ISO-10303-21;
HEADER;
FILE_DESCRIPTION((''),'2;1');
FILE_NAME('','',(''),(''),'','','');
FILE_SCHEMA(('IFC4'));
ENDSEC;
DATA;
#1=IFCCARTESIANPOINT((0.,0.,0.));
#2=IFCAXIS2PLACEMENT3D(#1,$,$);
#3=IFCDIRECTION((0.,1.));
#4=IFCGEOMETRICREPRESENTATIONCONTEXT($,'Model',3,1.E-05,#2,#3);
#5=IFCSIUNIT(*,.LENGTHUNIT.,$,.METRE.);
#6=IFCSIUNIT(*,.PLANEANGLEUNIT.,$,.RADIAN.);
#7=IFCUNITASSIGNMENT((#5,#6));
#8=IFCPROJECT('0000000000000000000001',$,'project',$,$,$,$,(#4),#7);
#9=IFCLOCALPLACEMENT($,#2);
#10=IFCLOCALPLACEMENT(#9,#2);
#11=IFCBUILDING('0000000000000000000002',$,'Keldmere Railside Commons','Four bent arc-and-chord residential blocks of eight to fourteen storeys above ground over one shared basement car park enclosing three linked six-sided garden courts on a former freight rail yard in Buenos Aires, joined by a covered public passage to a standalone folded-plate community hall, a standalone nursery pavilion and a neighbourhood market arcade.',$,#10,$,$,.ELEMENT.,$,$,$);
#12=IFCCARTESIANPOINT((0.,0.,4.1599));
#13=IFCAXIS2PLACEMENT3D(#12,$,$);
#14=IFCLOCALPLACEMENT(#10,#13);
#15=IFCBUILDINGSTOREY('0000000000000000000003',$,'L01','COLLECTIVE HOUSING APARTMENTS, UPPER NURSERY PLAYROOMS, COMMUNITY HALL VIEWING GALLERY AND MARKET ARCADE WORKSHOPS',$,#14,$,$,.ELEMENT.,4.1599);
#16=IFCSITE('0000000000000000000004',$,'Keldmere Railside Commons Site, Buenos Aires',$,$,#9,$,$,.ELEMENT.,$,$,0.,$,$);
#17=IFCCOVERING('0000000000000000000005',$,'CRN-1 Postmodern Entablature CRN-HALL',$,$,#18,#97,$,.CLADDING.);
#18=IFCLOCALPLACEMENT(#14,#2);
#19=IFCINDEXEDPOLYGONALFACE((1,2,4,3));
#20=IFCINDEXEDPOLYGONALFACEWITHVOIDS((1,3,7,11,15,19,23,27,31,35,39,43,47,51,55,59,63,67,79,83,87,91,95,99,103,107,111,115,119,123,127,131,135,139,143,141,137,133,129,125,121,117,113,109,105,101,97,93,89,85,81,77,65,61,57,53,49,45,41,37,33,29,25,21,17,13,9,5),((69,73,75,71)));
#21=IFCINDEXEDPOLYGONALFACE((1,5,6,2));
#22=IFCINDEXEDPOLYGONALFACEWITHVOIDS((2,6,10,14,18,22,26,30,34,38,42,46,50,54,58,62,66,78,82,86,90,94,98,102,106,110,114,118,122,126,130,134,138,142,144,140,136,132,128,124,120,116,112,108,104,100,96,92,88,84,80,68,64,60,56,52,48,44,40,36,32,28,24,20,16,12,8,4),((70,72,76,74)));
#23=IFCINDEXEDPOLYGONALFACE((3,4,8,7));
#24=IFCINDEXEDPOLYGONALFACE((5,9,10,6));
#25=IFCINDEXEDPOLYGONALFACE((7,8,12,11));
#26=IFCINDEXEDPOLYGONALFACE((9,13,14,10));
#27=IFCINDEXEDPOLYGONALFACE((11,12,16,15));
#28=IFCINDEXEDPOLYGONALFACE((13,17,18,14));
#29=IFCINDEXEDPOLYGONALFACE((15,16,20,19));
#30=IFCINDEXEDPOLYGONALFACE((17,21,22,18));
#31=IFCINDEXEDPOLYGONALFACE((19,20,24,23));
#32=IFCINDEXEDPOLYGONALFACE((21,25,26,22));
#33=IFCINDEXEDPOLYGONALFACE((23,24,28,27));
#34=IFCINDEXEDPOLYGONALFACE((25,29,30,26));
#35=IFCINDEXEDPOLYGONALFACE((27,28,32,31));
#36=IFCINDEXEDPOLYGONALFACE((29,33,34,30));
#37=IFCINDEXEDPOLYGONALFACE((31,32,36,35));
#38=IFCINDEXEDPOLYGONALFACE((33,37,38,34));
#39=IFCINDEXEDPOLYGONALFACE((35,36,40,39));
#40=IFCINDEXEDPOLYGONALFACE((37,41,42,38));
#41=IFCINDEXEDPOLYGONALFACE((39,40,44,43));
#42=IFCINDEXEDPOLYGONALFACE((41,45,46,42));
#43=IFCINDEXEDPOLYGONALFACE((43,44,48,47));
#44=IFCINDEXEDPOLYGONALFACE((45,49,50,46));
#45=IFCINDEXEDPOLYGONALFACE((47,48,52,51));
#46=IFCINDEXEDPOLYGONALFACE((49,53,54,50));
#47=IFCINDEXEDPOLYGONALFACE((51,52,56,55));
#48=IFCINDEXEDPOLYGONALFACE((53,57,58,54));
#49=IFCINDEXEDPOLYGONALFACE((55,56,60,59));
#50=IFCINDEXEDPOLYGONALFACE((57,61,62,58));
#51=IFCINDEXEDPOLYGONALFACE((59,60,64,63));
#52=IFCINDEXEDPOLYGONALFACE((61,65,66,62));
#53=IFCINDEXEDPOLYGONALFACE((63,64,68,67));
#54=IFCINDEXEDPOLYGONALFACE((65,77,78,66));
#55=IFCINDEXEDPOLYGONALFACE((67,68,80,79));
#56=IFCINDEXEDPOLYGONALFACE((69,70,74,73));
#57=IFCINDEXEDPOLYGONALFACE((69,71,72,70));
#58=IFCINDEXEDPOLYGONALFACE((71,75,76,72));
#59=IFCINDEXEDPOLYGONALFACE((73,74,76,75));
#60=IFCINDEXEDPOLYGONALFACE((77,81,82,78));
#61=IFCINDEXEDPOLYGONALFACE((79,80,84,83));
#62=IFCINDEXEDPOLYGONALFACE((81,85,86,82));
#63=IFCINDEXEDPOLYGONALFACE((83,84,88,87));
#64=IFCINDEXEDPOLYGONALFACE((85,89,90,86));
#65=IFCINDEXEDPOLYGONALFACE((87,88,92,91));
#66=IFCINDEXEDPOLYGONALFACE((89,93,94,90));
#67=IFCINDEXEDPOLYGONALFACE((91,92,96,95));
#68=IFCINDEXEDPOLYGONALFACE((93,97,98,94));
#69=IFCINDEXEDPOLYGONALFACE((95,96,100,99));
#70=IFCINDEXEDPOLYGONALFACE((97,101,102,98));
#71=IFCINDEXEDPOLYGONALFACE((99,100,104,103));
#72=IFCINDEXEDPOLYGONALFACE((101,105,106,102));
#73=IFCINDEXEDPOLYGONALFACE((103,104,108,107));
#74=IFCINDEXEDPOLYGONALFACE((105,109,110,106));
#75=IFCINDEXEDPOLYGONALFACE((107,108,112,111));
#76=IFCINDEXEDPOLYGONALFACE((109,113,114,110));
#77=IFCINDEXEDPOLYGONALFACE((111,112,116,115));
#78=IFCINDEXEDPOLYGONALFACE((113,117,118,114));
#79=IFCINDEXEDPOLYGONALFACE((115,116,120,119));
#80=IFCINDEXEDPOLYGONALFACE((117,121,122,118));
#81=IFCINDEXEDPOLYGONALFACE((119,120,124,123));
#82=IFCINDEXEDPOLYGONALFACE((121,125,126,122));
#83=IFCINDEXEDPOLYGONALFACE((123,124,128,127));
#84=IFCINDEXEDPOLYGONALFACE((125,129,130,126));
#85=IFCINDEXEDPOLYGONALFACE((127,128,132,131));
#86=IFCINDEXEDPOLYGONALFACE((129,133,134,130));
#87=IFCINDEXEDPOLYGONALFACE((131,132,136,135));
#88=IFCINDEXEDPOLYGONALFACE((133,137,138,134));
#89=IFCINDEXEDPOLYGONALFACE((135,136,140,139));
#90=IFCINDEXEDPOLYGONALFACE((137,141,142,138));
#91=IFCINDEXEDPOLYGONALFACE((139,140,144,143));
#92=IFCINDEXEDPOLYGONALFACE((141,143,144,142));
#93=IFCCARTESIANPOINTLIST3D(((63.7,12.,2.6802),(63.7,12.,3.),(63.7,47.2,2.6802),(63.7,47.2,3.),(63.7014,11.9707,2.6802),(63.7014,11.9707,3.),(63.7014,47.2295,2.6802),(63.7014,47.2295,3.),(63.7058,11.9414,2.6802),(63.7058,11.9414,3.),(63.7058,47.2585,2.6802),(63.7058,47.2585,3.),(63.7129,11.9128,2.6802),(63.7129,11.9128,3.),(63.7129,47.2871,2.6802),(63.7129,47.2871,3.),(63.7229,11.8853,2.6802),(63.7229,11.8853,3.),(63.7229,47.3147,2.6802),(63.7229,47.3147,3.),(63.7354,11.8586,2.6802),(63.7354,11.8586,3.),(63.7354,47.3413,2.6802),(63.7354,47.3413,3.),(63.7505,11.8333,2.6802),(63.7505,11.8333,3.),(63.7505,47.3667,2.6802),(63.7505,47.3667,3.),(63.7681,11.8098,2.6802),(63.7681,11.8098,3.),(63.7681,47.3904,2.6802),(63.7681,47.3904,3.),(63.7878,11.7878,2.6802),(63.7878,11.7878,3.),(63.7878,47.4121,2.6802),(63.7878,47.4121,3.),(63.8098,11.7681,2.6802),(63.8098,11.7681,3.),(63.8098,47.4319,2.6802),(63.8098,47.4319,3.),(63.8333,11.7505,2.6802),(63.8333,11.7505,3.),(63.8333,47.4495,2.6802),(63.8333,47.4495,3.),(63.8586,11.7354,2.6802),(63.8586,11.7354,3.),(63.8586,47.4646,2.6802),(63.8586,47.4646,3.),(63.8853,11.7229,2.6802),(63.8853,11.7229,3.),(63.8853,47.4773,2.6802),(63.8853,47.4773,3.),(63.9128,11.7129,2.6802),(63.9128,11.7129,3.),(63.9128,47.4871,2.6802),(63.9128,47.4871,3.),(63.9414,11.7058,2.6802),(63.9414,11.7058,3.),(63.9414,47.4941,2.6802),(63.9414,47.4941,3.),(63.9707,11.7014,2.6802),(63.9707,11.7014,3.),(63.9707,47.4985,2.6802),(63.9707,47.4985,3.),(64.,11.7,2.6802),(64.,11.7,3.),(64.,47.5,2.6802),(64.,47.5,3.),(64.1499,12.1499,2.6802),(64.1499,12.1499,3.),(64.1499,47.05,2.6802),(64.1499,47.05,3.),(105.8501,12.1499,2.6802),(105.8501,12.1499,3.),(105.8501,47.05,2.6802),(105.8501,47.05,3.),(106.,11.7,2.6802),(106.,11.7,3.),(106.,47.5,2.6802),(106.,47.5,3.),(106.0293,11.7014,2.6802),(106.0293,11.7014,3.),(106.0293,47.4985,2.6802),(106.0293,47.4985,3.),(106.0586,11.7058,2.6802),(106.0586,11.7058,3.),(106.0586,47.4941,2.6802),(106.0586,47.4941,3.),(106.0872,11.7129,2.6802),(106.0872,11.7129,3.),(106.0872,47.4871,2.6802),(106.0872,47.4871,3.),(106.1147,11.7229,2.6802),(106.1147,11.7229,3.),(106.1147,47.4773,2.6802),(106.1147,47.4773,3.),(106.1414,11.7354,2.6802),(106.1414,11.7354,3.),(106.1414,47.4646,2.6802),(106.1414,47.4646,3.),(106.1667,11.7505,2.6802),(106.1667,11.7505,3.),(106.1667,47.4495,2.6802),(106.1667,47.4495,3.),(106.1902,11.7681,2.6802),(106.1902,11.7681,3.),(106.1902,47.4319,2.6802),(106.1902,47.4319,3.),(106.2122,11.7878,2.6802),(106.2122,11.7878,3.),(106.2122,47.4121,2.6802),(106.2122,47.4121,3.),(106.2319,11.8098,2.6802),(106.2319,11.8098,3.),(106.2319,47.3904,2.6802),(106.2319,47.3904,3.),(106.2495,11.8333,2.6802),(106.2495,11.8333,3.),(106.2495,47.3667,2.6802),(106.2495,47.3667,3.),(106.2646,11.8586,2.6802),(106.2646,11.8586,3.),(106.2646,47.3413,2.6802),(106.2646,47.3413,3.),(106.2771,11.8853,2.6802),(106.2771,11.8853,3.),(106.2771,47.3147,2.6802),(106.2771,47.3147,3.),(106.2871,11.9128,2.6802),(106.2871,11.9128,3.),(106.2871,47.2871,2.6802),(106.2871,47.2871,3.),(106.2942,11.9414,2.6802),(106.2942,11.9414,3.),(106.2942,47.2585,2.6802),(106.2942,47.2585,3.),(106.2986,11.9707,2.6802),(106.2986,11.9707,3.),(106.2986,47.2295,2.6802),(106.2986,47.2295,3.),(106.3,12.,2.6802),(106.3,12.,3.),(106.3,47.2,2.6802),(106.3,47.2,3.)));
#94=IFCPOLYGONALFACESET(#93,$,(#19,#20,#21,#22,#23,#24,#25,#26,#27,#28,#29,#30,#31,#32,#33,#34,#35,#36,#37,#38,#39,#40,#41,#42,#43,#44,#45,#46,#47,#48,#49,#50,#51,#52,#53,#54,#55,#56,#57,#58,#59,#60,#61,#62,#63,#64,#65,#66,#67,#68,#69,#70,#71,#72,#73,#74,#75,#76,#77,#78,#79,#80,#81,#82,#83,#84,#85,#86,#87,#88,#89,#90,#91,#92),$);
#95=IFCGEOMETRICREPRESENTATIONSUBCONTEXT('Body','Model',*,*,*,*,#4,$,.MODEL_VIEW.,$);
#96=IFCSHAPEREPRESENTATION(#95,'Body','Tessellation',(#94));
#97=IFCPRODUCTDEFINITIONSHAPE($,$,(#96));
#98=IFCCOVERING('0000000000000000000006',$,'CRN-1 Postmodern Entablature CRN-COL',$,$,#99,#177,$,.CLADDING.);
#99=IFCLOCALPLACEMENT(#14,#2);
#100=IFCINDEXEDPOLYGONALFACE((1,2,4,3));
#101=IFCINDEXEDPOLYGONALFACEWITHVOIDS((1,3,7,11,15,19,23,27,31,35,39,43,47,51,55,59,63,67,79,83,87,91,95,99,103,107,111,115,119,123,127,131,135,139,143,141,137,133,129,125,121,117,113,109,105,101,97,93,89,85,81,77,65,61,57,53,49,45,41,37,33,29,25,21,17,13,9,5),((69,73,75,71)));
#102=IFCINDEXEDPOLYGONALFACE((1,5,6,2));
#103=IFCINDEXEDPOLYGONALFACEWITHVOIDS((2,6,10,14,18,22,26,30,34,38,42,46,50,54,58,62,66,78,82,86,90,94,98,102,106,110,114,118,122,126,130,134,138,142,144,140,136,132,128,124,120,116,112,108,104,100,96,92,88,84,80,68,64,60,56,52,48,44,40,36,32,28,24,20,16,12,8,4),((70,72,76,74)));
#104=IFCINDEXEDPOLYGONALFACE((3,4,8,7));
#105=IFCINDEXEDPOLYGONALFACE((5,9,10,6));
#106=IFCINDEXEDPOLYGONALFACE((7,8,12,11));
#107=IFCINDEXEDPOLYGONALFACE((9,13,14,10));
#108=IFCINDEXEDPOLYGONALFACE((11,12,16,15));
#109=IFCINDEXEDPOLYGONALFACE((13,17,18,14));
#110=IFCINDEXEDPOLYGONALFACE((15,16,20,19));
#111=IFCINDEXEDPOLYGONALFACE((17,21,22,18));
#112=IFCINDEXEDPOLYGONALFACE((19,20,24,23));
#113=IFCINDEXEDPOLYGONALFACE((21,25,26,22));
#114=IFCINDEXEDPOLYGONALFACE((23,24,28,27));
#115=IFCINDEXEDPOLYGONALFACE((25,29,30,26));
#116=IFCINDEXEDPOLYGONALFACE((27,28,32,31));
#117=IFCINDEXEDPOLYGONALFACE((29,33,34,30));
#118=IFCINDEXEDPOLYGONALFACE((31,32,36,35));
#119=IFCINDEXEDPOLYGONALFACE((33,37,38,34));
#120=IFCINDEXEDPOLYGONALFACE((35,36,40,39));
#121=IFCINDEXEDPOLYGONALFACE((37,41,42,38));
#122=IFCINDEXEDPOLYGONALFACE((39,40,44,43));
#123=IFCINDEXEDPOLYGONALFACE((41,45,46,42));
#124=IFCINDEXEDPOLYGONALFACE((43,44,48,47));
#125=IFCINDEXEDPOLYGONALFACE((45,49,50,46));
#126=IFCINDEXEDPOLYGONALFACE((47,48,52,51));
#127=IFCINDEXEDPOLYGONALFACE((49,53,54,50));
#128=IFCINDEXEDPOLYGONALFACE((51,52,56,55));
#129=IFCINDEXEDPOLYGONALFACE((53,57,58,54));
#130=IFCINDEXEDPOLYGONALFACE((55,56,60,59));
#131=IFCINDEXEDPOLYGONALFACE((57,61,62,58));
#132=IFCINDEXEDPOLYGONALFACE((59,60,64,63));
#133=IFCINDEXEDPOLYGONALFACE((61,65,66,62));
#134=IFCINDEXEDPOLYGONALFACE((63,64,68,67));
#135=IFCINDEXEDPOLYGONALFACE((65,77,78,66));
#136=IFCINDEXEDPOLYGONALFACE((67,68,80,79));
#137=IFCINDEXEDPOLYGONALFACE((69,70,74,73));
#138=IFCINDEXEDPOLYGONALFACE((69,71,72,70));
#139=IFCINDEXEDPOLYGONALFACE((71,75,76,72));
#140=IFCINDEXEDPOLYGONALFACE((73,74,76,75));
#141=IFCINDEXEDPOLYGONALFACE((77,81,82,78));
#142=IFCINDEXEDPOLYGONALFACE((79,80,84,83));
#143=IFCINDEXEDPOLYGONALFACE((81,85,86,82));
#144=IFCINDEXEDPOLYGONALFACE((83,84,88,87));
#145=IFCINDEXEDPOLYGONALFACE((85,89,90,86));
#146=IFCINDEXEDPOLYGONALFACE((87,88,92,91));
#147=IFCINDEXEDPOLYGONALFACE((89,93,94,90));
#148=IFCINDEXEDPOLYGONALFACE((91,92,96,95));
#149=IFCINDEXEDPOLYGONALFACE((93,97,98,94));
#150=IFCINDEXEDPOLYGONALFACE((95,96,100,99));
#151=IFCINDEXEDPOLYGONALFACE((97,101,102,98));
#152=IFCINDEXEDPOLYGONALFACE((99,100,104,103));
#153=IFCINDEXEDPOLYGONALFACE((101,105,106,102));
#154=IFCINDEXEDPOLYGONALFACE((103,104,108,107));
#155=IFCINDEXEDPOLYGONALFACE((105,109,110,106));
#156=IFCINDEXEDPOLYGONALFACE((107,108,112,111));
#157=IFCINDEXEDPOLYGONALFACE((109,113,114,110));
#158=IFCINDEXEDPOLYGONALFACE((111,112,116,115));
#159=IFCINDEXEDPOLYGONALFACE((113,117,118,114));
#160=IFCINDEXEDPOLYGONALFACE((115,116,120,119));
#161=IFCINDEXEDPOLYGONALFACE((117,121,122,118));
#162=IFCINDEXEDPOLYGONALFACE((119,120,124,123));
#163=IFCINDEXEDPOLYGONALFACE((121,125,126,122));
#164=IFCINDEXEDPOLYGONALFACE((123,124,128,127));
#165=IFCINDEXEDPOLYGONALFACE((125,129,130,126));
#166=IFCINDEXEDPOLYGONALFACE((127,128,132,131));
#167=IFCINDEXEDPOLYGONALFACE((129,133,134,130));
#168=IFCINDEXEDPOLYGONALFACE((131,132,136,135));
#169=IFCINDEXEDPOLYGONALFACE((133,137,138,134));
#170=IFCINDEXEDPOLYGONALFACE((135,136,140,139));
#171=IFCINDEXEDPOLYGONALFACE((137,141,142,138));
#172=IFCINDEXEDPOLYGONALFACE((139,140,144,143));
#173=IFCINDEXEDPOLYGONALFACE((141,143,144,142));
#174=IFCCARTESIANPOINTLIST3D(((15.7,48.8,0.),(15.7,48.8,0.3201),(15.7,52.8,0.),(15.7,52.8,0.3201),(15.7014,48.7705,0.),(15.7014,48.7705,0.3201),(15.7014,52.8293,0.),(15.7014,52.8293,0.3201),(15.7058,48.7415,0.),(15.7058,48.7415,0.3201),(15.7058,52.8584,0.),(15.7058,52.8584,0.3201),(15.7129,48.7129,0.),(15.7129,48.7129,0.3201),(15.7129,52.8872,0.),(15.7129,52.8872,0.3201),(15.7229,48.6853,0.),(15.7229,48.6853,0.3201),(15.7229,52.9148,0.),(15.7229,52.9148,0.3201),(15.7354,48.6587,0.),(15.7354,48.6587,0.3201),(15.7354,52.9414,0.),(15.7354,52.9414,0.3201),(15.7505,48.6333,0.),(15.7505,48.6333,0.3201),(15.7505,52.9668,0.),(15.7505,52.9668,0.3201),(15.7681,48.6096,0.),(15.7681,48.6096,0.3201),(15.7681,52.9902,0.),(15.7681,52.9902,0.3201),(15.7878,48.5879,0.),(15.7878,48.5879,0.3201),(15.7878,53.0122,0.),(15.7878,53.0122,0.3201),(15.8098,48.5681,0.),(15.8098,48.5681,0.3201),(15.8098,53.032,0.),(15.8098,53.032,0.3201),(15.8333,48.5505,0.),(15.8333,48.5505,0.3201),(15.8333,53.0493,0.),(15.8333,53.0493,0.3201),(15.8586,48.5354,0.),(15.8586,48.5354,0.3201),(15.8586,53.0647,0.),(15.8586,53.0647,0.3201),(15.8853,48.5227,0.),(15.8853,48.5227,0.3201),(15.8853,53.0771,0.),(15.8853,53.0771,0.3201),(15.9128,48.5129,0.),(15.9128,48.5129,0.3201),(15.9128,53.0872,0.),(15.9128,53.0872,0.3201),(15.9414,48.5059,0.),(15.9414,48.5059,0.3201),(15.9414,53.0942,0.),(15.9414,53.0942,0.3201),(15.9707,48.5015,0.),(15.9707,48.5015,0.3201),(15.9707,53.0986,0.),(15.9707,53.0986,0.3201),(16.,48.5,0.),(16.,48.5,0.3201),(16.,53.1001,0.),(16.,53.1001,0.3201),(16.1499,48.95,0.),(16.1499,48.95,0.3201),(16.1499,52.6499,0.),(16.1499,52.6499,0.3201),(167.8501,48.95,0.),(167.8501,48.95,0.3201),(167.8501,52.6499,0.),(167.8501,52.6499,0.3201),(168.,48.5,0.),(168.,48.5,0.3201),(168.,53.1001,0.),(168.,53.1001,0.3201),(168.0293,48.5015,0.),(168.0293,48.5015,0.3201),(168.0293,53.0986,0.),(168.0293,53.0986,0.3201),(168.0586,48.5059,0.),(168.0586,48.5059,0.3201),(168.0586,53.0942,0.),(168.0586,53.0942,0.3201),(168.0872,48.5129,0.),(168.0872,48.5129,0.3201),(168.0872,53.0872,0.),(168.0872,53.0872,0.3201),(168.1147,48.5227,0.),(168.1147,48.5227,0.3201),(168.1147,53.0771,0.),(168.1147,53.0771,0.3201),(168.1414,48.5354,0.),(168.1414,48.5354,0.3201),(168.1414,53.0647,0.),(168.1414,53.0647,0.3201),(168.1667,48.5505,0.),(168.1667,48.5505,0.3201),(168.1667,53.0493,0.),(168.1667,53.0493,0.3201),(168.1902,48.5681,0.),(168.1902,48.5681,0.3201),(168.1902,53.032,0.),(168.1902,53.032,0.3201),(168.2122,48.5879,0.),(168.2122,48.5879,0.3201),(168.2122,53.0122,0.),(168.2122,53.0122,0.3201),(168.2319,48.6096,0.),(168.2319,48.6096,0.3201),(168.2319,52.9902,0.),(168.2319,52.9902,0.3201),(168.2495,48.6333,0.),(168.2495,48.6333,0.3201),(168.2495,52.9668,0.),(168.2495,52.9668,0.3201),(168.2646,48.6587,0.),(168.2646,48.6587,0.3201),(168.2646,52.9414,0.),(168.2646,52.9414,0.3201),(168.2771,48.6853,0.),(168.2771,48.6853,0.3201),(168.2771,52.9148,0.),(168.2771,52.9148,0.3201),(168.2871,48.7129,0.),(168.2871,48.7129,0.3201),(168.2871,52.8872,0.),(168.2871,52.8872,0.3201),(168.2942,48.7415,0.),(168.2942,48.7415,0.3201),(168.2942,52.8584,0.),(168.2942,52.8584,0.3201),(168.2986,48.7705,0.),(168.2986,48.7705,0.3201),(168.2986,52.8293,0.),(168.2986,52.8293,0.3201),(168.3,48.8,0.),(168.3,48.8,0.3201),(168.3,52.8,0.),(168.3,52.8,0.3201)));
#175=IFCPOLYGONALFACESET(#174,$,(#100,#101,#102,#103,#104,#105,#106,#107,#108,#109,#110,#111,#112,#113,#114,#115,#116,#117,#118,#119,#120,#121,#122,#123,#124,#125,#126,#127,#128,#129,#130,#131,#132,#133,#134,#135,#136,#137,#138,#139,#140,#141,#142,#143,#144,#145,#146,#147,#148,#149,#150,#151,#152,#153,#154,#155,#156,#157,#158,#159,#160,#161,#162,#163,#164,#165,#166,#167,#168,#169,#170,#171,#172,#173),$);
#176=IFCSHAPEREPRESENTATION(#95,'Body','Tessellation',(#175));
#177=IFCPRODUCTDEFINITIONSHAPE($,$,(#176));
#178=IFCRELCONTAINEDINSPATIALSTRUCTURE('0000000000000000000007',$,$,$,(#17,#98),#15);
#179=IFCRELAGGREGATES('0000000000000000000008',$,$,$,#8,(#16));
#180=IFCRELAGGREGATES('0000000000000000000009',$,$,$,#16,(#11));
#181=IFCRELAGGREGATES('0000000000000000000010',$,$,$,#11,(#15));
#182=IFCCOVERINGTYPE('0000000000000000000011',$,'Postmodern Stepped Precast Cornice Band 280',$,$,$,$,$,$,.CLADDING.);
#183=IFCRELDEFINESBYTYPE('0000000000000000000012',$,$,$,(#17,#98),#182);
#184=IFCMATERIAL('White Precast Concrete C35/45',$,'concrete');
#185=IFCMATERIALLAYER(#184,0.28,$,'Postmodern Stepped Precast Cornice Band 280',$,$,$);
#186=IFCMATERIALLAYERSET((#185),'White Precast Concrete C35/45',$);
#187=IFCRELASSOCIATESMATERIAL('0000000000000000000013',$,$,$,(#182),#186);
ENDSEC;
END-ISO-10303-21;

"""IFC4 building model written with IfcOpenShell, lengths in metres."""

from ifc_helpers import new_model, si_unit, direction, frame, origin, place, context, subcontext, project, spatial, polyline, outline, extrude, material, layer, layer_set, type_object, element, save


model = new_model("IFC4")

# Units and contexts
model_context = context("Model", 3, precision=1e-05, world=origin(), true_north=direction((0.0, 1.0)))
body_context = subcontext(model_context, "Body", "Model", "MODEL_VIEW")
ifc_project = project(units=[si_unit("LENGTHUNIT", "METRE"), si_unit("PLANEANGLEUNIT", "RADIAN")], contexts=[model_context])

# Site, building, storey
site_placement = place(None, origin())
site = spatial("IfcSite", under=ifc_project, at=site_placement, Name="Keldmere Railside Commons Site, Buenos Aires", CompositionType="ELEMENT", RefElevation=0.0)
building_placement = place(site_placement, origin())
building = spatial("IfcBuilding", under=site, at=building_placement, Name="Keldmere Railside Commons", Description="Four bent arc-and-chord residential blocks of eight to fourteen storeys above ground over one shared basement car park enclosing three linked six-sided garden courts on a former freight rail yard in Buenos Aires, joined by a covered public passage to a standalone folded-plate community hall, a standalone nursery pavilion and a neighbourhood market arcade.", CompositionType="ELEMENT")
storey_placement = place(building_placement, frame((0.0, 0.0, 4.1599)))
storey = spatial("IfcBuildingStorey", under=building, at=storey_placement, Name="L01", Description="COLLECTIVE HOUSING APARTMENTS, UPPER NURSERY PLAYROOMS, COMMUNITY HALL VIEWING GALLERY AND MARKET ARCADE WORKSHOPS", CompositionType="ELEMENT", Elevation=4.1599)

# Coverings
ifc_material_1 = material(Name="White Precast Concrete C35/45", Category="concrete")
ifc_layer_1 = layer(ifc_material_1, 0.28, Name="Postmodern Stepped Precast Cornice Band 280")
ifc_layer_set_1 = layer_set([ifc_layer_1], Name="White Precast Concrete C35/45")
covering_type_1 = type_object("IfcCoveringType", Name="Postmodern Stepped Precast Cornice Band 280", PredefinedType="CLADDING", material=ifc_layer_set_1)
covering_1_placement = place(storey_placement, frame((0.0, 0.0, 2.6802)))
element("IfcCovering", 1, at=covering_1_placement, inside=storey, type_object=covering_type_1, Name="CRN-1 Postmodern Entablature CRN-HALL", PredefinedType="CLADDING", context=body_context, shape_type="SweptSolid", body=[
    extrude(outline(polyline([(64.0, 11.7), (63.9707, 11.7014), (63.9414, 11.7058), (63.9128, 11.7129), (63.8853, 11.7229), (63.8586, 11.7354), (63.8333, 11.7505), (63.8098, 11.7681), (63.7878, 11.7878), (63.7681, 11.8098), (63.7505, 11.8333), (63.7354, 11.8586), (63.7229, 11.8853), (63.7129, 11.9128), (63.7058, 11.9414), (63.7014, 11.9707), (63.7, 12.0), (63.7, 47.2), (63.7014, 47.2295), (63.7058, 47.2585), (63.7129, 47.2871), (63.7229, 47.3147), (63.7354, 47.3413), (63.7505, 47.3667), (63.7681, 47.3904), (63.7878, 47.4121), (63.8098, 47.4319), (63.8333, 47.4495), (63.8586, 47.4646), (63.8853, 47.4773), (63.9128, 47.4871), (63.9414, 47.4941), (63.9707, 47.4985), (64.0, 47.5), (106.0, 47.5), (106.0293, 47.4985), (106.0586, 47.4941), (106.0872, 47.4871), (106.1147, 47.4773), (106.1414, 47.4646), (106.1667, 47.4495), (106.1902, 47.4319), (106.2122, 47.4121), (106.2319, 47.3904), (106.2495, 47.3667), (106.2646, 47.3413), (106.2771, 47.3147), (106.2871, 47.2871), (106.2942, 47.2585), (106.2986, 47.2295), (106.3, 47.2), (106.3, 12.0), (106.2986, 11.9707), (106.2942, 11.9414), (106.2871, 11.9128), (106.2771, 11.8853), (106.2646, 11.8586), (106.2495, 11.8333), (106.2319, 11.8098), (106.2122, 11.7878), (106.1902, 11.7681), (106.1667, 11.7505), (106.1414, 11.7354), (106.1147, 11.7229), (106.0872, 11.7129), (106.0586, 11.7058), (106.0293, 11.7014), (106.0, 11.7), (64.0, 11.7)]), holes=[polyline([(105.8501, 12.1499), (64.1499, 12.1499), (64.1499, 47.05), (105.8501, 47.05), (105.8501, 12.1499)])]), origin(), (0.0, 0.0, 1.0), 0.3198),
])
covering_2_placement = place(storey_placement, origin())
element("IfcCovering", 2, at=covering_2_placement, inside=storey, type_object=covering_type_1, Name="CRN-1 Postmodern Entablature CRN-COL", PredefinedType="CLADDING", context=body_context, shape_type="SweptSolid", body=[
    extrude(outline(polyline([(16.0, 48.5), (15.9707, 48.5015), (15.9414, 48.5059), (15.9128, 48.5129), (15.8853, 48.5227), (15.8586, 48.5354), (15.8333, 48.5505), (15.8098, 48.5681), (15.7878, 48.5879), (15.7681, 48.6096), (15.7505, 48.6333), (15.7354, 48.6587), (15.7229, 48.6853), (15.7129, 48.7129), (15.7058, 48.7415), (15.7014, 48.7705), (15.7, 48.8), (15.7, 52.8), (15.7014, 52.8293), (15.7058, 52.8584), (15.7129, 52.8872), (15.7229, 52.9148), (15.7354, 52.9414), (15.7505, 52.9668), (15.7681, 52.9902), (15.7878, 53.0122), (15.8098, 53.032), (15.8333, 53.0493), (15.8586, 53.0647), (15.8853, 53.0771), (15.9128, 53.0872), (15.9414, 53.0942), (15.9707, 53.0986), (16.0, 53.1001), (168.0, 53.1001), (168.0293, 53.0986), (168.0586, 53.0942), (168.0872, 53.0872), (168.1147, 53.0771), (168.1414, 53.0647), (168.1667, 53.0493), (168.1902, 53.032), (168.2122, 53.0122), (168.2319, 52.9902), (168.2495, 52.9668), (168.2646, 52.9414), (168.2771, 52.9148), (168.2871, 52.8872), (168.2942, 52.8584), (168.2986, 52.8293), (168.3, 52.8), (168.3, 48.8), (168.2986, 48.7705), (168.2942, 48.7415), (168.2871, 48.7129), (168.2771, 48.6853), (168.2646, 48.6587), (168.2495, 48.6333), (168.2319, 48.6096), (168.2122, 48.5879), (168.1902, 48.5681), (168.1667, 48.5505), (168.1414, 48.5354), (168.1147, 48.5227), (168.0872, 48.5129), (168.0586, 48.5059), (168.0293, 48.5015), (168.0, 48.5), (16.0, 48.5)]), holes=[polyline([(167.8501, 48.95), (16.1499, 48.95), (16.1499, 52.6499), (167.8501, 52.6499), (167.8501, 48.95)])]), origin(), (0.0, 0.0, 1.0), 0.3201),
])

save(model, "model.ifc")
